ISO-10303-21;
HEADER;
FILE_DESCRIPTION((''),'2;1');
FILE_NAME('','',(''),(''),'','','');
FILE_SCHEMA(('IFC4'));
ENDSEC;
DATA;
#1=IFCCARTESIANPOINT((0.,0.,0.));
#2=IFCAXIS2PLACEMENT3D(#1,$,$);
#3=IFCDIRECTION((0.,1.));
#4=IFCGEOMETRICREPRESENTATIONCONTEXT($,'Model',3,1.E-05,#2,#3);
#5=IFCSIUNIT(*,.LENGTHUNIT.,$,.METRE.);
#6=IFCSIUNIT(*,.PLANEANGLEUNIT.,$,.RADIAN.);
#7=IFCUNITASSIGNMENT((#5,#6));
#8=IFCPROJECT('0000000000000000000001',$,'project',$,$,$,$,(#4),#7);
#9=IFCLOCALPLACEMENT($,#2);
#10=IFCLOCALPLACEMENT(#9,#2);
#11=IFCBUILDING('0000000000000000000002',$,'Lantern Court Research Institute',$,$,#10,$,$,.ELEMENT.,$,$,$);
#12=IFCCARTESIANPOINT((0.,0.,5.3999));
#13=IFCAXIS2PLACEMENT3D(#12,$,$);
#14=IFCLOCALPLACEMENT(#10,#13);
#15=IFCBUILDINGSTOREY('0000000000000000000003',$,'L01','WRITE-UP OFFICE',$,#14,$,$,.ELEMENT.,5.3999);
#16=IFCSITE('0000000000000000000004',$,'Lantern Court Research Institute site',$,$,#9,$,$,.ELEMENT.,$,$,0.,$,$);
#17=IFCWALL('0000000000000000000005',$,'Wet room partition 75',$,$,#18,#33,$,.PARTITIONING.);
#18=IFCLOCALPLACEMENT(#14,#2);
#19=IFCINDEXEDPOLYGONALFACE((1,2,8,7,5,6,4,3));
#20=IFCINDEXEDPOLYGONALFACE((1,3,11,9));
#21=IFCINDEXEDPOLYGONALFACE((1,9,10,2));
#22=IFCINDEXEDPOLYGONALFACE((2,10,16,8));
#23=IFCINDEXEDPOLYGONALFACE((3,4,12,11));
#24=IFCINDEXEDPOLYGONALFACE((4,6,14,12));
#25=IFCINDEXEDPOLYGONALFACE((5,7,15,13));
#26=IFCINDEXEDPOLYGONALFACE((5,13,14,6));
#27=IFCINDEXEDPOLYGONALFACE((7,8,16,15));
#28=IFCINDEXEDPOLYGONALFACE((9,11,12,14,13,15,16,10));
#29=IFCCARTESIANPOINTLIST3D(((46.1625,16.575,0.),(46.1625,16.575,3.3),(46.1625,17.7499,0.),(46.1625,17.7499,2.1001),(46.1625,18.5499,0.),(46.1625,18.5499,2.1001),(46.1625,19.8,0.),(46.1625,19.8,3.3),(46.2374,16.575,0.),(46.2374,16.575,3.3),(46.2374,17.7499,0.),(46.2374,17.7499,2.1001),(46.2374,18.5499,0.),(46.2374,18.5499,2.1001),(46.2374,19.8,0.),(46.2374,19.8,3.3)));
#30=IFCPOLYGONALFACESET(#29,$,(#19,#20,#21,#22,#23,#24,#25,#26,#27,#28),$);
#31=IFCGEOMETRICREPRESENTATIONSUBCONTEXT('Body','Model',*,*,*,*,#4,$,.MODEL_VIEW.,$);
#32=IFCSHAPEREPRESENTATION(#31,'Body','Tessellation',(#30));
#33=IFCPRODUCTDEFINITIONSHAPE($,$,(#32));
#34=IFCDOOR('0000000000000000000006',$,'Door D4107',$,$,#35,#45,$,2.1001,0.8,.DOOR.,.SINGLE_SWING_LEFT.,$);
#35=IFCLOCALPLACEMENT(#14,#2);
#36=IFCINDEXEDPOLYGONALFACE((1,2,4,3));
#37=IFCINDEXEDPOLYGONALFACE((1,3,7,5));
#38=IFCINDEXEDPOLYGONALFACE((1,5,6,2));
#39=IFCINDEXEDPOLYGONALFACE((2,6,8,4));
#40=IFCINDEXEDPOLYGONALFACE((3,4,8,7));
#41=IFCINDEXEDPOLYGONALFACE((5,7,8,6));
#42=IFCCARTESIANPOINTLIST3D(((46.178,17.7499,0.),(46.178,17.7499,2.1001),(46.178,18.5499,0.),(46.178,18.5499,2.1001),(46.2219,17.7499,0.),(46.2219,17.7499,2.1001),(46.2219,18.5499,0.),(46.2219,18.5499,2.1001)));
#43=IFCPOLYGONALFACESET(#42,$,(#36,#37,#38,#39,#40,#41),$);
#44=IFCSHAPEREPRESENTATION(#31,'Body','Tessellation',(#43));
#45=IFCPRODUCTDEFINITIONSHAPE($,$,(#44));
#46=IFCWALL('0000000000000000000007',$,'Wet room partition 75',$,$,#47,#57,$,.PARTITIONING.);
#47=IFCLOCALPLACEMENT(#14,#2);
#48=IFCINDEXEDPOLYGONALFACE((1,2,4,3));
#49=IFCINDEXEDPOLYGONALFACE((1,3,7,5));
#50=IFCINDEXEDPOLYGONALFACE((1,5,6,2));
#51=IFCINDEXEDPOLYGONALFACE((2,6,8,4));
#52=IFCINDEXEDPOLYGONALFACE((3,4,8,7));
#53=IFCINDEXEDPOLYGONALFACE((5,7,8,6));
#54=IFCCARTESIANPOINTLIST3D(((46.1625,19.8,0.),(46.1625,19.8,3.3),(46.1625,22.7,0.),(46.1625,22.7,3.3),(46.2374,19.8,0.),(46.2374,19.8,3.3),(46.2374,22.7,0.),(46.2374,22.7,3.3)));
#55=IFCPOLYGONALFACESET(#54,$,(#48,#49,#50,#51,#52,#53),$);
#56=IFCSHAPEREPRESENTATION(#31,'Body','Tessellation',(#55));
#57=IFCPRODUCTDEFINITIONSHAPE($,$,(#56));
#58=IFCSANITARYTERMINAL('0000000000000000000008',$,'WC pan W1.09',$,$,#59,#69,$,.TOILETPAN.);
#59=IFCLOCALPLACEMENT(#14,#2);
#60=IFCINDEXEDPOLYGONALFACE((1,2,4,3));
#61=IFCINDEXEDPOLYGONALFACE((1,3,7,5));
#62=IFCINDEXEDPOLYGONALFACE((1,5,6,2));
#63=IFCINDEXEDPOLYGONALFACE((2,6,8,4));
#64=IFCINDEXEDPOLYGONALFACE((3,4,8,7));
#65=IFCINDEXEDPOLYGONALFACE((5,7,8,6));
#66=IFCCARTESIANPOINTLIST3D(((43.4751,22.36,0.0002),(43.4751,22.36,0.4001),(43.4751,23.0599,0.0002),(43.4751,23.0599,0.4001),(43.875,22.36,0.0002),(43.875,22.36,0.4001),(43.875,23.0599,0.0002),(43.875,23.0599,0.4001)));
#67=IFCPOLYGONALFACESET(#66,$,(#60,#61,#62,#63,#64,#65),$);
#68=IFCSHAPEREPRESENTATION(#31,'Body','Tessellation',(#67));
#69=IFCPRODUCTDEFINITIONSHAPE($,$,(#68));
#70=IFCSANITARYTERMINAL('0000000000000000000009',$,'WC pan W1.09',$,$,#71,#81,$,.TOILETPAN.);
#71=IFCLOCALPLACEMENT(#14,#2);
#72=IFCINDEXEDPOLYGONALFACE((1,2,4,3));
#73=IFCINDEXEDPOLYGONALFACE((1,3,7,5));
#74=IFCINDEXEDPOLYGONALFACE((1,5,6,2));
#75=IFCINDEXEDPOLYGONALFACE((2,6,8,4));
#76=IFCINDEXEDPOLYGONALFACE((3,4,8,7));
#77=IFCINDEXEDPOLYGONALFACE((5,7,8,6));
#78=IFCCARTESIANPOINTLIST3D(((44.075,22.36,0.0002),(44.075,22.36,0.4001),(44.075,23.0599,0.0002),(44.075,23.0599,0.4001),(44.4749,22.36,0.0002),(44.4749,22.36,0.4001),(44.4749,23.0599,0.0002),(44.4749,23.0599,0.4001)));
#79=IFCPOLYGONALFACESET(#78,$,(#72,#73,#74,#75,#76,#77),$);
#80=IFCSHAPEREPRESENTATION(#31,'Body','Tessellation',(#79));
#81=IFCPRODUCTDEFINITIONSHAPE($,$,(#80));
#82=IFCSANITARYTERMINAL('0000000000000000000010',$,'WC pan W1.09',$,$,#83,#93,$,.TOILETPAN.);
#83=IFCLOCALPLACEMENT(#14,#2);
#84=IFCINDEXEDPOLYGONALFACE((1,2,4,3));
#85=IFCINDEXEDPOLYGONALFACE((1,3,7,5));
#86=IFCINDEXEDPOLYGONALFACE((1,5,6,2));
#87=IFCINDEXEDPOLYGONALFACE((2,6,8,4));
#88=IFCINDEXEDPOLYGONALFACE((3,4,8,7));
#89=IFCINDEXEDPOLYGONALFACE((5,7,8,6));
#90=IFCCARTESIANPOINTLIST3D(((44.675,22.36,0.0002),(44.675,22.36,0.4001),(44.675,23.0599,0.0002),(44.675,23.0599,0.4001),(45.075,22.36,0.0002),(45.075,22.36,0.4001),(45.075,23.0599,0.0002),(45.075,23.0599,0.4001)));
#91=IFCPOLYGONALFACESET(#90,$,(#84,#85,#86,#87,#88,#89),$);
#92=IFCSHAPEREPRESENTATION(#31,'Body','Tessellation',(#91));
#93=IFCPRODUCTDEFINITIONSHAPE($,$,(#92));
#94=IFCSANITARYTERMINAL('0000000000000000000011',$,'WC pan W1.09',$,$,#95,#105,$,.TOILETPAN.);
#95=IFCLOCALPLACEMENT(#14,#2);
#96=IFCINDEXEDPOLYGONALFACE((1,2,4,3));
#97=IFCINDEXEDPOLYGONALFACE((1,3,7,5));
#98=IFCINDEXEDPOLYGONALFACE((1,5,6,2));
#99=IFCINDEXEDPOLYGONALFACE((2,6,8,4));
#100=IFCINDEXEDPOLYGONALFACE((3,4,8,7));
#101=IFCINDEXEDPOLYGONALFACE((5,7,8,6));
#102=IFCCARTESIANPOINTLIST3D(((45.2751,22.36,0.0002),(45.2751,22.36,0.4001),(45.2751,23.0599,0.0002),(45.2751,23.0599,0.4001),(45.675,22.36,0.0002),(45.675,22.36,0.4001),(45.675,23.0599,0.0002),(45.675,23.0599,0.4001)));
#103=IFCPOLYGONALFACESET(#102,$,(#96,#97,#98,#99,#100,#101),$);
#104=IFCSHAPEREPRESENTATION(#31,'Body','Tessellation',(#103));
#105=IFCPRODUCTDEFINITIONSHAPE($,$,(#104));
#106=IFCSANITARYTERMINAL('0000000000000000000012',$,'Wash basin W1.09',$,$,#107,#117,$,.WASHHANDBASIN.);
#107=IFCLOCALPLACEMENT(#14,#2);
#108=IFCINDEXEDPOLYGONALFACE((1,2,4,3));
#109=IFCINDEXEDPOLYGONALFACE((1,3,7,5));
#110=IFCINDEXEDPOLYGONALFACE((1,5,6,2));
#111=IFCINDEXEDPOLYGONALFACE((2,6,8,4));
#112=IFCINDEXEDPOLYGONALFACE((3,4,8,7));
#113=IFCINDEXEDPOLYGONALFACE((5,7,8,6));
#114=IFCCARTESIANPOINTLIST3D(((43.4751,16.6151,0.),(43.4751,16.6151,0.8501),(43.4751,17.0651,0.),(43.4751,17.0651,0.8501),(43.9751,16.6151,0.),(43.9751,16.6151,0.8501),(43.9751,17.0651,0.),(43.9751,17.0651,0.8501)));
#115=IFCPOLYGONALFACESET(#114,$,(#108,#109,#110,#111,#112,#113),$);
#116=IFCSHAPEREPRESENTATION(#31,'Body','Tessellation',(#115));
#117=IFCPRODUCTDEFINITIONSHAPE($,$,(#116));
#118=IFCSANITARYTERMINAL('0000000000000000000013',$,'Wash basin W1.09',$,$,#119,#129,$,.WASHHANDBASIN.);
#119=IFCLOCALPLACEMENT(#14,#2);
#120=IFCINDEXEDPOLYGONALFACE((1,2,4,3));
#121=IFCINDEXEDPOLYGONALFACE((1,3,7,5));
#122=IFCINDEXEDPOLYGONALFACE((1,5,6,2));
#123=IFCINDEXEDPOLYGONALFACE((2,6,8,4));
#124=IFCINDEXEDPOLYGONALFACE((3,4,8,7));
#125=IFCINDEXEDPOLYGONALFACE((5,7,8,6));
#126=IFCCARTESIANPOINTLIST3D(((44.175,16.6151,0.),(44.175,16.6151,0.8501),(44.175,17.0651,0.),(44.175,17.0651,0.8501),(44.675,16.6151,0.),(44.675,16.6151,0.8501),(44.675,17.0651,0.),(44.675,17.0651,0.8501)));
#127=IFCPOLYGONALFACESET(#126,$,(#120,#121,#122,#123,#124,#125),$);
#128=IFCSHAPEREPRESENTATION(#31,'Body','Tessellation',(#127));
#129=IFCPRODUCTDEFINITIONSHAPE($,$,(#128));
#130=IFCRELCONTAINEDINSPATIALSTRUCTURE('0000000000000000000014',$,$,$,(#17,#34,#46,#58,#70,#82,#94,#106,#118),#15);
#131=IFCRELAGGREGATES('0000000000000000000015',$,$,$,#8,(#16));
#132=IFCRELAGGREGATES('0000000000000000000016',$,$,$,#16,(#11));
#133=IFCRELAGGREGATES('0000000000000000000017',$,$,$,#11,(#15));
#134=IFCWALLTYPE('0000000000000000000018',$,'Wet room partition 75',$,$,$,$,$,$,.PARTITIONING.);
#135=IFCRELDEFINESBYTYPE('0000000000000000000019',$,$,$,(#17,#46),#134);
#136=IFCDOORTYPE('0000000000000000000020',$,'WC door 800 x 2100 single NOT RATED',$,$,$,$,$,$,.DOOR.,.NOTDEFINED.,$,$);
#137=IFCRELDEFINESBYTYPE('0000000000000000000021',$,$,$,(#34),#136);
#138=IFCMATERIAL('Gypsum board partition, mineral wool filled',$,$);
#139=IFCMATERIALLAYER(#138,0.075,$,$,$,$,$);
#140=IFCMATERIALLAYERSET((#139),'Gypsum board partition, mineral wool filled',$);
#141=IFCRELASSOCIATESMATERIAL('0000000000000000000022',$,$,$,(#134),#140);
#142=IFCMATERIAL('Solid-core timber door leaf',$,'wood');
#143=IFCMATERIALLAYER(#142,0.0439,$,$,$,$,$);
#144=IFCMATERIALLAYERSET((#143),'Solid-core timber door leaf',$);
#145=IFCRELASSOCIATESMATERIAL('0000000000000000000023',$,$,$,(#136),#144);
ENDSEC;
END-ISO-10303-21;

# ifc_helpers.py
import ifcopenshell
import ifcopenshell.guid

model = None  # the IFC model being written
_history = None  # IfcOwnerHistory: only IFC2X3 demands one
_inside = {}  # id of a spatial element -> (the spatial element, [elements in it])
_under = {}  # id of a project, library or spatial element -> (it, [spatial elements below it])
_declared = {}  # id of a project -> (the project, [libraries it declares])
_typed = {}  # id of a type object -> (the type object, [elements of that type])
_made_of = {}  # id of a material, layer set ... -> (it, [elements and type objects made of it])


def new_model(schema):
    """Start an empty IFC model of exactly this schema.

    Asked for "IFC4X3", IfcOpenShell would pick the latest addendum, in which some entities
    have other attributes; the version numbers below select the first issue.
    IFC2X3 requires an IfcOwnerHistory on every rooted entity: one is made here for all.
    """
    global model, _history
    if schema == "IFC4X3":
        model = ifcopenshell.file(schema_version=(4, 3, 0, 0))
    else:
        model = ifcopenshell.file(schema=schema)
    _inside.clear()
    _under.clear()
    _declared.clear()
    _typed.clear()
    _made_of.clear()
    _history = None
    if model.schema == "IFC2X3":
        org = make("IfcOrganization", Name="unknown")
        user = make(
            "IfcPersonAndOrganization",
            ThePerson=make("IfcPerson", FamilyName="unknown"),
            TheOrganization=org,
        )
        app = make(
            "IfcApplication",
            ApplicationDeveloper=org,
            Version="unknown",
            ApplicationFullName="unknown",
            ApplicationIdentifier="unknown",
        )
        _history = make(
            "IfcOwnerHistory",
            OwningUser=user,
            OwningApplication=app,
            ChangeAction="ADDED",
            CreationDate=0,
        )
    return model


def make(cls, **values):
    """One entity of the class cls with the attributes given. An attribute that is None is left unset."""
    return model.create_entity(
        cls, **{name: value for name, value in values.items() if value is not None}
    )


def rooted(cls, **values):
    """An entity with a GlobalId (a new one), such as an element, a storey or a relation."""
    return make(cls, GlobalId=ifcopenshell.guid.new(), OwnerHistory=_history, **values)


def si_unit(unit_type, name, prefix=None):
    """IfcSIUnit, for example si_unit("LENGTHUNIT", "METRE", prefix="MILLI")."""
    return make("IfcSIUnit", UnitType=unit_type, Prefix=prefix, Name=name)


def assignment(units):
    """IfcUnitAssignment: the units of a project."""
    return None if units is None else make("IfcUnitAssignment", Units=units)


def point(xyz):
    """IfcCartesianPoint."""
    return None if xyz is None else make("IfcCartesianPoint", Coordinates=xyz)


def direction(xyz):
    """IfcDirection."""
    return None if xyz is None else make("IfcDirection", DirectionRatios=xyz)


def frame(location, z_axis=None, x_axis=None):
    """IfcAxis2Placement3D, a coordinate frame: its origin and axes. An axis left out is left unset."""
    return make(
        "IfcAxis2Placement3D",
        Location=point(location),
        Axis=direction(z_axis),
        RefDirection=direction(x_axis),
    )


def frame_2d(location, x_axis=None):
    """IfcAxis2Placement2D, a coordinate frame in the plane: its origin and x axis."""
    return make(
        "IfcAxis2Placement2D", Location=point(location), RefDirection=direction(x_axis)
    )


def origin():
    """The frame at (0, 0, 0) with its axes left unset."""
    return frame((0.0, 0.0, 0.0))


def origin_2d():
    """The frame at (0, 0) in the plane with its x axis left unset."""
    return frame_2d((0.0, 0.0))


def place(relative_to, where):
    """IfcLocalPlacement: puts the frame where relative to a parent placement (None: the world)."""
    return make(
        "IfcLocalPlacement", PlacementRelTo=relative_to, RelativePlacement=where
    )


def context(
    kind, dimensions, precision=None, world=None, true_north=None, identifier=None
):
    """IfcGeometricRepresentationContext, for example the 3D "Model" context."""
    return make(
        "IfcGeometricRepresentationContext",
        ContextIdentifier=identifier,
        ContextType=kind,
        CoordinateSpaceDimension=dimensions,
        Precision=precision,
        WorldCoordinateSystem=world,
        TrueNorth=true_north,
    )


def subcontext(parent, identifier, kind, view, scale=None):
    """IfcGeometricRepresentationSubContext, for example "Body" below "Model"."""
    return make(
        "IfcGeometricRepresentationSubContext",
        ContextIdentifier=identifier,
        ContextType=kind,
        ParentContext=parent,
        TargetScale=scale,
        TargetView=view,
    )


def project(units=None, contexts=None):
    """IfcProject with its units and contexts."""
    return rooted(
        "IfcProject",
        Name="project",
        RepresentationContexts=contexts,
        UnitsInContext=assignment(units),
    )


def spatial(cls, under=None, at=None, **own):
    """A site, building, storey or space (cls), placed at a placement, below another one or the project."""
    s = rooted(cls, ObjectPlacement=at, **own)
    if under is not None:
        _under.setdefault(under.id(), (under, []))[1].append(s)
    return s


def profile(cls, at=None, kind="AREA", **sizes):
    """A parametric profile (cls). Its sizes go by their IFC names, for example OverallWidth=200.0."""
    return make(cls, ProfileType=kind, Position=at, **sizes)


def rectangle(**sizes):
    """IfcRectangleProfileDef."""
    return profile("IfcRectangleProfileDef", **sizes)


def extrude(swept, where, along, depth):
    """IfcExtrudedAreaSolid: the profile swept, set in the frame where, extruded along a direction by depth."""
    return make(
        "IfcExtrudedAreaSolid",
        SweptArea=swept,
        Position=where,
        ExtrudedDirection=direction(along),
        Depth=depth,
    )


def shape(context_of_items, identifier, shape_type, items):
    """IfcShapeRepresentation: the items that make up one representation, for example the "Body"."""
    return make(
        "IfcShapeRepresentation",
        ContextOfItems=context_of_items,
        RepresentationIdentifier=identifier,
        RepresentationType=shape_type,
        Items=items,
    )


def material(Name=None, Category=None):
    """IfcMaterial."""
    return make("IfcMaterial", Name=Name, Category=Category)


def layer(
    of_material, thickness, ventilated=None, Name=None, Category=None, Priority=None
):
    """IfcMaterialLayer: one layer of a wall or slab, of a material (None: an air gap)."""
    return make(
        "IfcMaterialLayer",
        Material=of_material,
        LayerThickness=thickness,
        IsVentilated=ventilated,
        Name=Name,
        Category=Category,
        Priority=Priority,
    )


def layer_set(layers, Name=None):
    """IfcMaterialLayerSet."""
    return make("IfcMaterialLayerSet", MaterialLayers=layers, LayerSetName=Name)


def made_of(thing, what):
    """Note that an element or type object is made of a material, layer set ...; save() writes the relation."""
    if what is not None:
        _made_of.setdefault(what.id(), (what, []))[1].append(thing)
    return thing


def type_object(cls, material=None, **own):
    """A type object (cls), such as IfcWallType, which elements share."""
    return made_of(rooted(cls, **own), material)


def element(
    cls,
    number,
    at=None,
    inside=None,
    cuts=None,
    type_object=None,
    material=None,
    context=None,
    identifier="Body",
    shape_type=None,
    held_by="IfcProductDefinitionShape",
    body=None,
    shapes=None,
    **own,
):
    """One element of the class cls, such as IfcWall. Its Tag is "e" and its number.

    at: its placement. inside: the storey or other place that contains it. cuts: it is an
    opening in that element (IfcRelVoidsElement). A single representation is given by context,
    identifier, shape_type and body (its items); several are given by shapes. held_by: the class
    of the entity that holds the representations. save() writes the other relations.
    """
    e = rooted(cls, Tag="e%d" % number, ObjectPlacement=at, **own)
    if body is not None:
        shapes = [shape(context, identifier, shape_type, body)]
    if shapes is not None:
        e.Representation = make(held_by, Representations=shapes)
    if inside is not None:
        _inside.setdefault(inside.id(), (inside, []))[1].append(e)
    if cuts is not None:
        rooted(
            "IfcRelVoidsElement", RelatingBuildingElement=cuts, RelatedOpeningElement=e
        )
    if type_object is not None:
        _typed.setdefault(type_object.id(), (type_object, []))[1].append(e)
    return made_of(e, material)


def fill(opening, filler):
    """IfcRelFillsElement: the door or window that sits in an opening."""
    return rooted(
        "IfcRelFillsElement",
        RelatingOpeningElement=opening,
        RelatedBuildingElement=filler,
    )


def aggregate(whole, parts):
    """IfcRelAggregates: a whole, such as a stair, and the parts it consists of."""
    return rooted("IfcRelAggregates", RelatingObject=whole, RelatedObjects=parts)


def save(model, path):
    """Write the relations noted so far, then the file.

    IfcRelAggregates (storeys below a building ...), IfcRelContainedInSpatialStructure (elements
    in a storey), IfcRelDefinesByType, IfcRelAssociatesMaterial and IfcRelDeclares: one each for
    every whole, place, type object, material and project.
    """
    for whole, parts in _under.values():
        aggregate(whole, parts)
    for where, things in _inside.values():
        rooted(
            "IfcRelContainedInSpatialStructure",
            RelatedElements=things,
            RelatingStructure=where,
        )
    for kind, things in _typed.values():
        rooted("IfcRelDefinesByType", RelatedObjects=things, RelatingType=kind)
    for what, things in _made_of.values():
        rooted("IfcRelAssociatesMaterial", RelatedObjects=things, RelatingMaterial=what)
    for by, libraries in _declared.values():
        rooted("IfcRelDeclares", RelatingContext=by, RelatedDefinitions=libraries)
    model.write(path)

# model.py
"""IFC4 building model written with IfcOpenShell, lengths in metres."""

from ifc_helpers import new_model, si_unit, direction, frame, frame_2d, origin, origin_2d, place, context, subcontext, project, spatial, rectangle, extrude, material, layer, layer_set, type_object, element, fill, save


model = new_model("IFC4")

# Units and contexts
model_context = context("Model", 3, precision=1e-05, world=origin(), true_north=direction((0.0, 1.0)))
body_context = subcontext(model_context, "Body", "Model", "MODEL_VIEW")
ifc_project = project(units=[si_unit("LENGTHUNIT", "METRE"), si_unit("PLANEANGLEUNIT", "RADIAN")], contexts=[model_context])

# Site, building, storey
site_placement = place(None, origin())
site = spatial("IfcSite", under=ifc_project, at=site_placement, Name="Lantern Court Research Institute site", CompositionType="ELEMENT", RefElevation=0.0)
building_placement = place(site_placement, origin())
building = spatial("IfcBuilding", under=site, at=building_placement, Name="Lantern Court Research Institute", CompositionType="ELEMENT")
storey_placement = place(building_placement, frame((0.0, 0.0, 5.3999)))
storey = spatial("IfcBuildingStorey", under=building, at=storey_placement, Name="L01", Description="WRITE-UP OFFICE", CompositionType="ELEMENT", Elevation=5.3999)

# Wall, opening, door
ifc_material_1 = material(Name="Gypsum board partition, mineral wool filled")
ifc_layer_1 = layer(ifc_material_1, 0.075)
ifc_layer_set_1 = layer_set([ifc_layer_1], Name="Gypsum board partition, mineral wool filled")
wall_type_1 = type_object("IfcWallType", Name="Wet room partition 75", PredefinedType="PARTITIONING", material=ifc_layer_set_1)
wall_1_placement = place(storey_placement, frame((46.2, 16.575, 0.0), z_axis=(0.0, 0.0, 1.0), x_axis=(0.0, 1.0, 0.0)))
wall_1 = element("IfcWall", 1, at=wall_1_placement, inside=storey, type_object=wall_type_1, Name="Wet room partition 75", PredefinedType="PARTITIONING", context=body_context, shape_type="SweptSolid", body=[
    extrude(rectangle(XDim=3.2251, YDim=0.075, at=frame_2d((1.6125, 0.0))), origin(), (0.0, 0.0, 1.0), 3.3),
])
opening_1_placement = place(wall_1_placement, frame((1.175, 0.0, 0.0)))
opening_1 = element("IfcOpeningElement", 2, at=opening_1_placement, cuts=wall_1, PredefinedType="OPENING", context=body_context, shape_type="SweptSolid", body=[
    extrude(rectangle(XDim=0.8, YDim=2.1001, at=frame_2d((0.3999, 1.05))), frame((0.0, 0.0474, 0.0), z_axis=(0.0, -1.0, 0.0), x_axis=(1.0, 0.0, 0.0)), (0.0, 0.0, 1.0), 0.095),
])
ifc_material_2 = material(Name="Solid-core timber door leaf", Category="wood")
ifc_layer_2 = layer(ifc_material_2, 0.0439)
ifc_layer_set_2 = layer_set([ifc_layer_2], Name="Solid-core timber door leaf")
door_type_1 = type_object("IfcDoorType", Name="WC door 800 x 2100 single NOT RATED", OperationType="NOTDEFINED", PredefinedType="DOOR", material=ifc_layer_set_2)
door_1_placement = place(opening_1_placement, origin())
door_1 = element("IfcDoor", 3, at=door_1_placement, inside=storey, type_object=door_type_1, Name="Door D4107", OperationType="SINGLE_SWING_LEFT", OverallHeight=2.1001, OverallWidth=0.8, PredefinedType="DOOR", context=body_context, shape_type="SweptSolid", body=[
    extrude(rectangle(XDim=0.8, YDim=2.1001, at=frame_2d((0.3999, 1.05))), frame((0.0, 0.022, 0.0), z_axis=(0.0, -1.0, 0.0), x_axis=(1.0, 0.0, 0.0)), (0.0, 0.0, 1.0), 0.0439),
])
fill(opening_1, door_1)

# Wall
wall_2_placement = place(storey_placement, frame((46.2, 19.8, 0.0), z_axis=(0.0, 0.0, 1.0), x_axis=(0.0, 1.0, 0.0)))
element("IfcWall", 4, at=wall_2_placement, inside=storey, type_object=wall_type_1, Name="Wet room partition 75", PredefinedType="PARTITIONING", context=body_context, shape_type="SweptSolid", body=[
    extrude(rectangle(XDim=2.8999, YDim=0.075, at=frame_2d((1.45, 0.0))), origin(), (0.0, 0.0, 1.0), 3.3),
])

# Sanitary terminals
for number, where, z_axis, x_axis, name in (
    (5, (43.675, 22.71, 0.0002), (0.0, 0.0, 1.0), (1.0, 0.0, 0.0), "WC pan W1.09"),
    (6, (44.2749, 22.71, 0.0002), (0.0, 0.0, 1.0), (1.0, 0.0, 0.0), "WC pan W1.09"),
    (7, (44.875, 22.71, 0.0002), (0.0, 0.0, 1.0), (1.0, 0.0, 0.0), "WC pan W1.09"),
    (8, (45.4751, 22.71, 0.0002), (0.0, 0.0, 1.0), (1.0, 0.0, 0.0), "WC pan W1.09"),
):
    element("IfcSanitaryTerminal", number, at=place(storey_placement, frame(where, z_axis=z_axis, x_axis=x_axis)), inside=storey, Name=name, PredefinedType="TOILETPAN", context=body_context, shape_type="SweptSolid", body=[
        extrude(rectangle(XDim=0.3999, YDim=0.7, at=origin_2d()), origin(), (0.0, 0.0, 1.0), 0.3999),
    ])
for number, where, z_axis, x_axis, name in (
    (9, (43.7251, 16.8401, 0.0), (0.0, 0.0, 1.0), (1.0, 0.0, 0.0), "Wash basin W1.09"),
    (10, (44.425, 16.8401, 0.0), (0.0, 0.0, 1.0), (1.0, 0.0, 0.0), "Wash basin W1.09"),
):
    element("IfcSanitaryTerminal", number, at=place(storey_placement, frame(where, z_axis=z_axis, x_axis=x_axis)), inside=storey, Name=name, PredefinedType="WASHHANDBASIN", context=body_context, shape_type="SweptSolid", body=[
        extrude(rectangle(XDim=0.5, YDim=0.45, at=origin_2d()), origin(), (0.0, 0.0, 1.0), 0.8501),
    ])

save(model, "model.ifc")
